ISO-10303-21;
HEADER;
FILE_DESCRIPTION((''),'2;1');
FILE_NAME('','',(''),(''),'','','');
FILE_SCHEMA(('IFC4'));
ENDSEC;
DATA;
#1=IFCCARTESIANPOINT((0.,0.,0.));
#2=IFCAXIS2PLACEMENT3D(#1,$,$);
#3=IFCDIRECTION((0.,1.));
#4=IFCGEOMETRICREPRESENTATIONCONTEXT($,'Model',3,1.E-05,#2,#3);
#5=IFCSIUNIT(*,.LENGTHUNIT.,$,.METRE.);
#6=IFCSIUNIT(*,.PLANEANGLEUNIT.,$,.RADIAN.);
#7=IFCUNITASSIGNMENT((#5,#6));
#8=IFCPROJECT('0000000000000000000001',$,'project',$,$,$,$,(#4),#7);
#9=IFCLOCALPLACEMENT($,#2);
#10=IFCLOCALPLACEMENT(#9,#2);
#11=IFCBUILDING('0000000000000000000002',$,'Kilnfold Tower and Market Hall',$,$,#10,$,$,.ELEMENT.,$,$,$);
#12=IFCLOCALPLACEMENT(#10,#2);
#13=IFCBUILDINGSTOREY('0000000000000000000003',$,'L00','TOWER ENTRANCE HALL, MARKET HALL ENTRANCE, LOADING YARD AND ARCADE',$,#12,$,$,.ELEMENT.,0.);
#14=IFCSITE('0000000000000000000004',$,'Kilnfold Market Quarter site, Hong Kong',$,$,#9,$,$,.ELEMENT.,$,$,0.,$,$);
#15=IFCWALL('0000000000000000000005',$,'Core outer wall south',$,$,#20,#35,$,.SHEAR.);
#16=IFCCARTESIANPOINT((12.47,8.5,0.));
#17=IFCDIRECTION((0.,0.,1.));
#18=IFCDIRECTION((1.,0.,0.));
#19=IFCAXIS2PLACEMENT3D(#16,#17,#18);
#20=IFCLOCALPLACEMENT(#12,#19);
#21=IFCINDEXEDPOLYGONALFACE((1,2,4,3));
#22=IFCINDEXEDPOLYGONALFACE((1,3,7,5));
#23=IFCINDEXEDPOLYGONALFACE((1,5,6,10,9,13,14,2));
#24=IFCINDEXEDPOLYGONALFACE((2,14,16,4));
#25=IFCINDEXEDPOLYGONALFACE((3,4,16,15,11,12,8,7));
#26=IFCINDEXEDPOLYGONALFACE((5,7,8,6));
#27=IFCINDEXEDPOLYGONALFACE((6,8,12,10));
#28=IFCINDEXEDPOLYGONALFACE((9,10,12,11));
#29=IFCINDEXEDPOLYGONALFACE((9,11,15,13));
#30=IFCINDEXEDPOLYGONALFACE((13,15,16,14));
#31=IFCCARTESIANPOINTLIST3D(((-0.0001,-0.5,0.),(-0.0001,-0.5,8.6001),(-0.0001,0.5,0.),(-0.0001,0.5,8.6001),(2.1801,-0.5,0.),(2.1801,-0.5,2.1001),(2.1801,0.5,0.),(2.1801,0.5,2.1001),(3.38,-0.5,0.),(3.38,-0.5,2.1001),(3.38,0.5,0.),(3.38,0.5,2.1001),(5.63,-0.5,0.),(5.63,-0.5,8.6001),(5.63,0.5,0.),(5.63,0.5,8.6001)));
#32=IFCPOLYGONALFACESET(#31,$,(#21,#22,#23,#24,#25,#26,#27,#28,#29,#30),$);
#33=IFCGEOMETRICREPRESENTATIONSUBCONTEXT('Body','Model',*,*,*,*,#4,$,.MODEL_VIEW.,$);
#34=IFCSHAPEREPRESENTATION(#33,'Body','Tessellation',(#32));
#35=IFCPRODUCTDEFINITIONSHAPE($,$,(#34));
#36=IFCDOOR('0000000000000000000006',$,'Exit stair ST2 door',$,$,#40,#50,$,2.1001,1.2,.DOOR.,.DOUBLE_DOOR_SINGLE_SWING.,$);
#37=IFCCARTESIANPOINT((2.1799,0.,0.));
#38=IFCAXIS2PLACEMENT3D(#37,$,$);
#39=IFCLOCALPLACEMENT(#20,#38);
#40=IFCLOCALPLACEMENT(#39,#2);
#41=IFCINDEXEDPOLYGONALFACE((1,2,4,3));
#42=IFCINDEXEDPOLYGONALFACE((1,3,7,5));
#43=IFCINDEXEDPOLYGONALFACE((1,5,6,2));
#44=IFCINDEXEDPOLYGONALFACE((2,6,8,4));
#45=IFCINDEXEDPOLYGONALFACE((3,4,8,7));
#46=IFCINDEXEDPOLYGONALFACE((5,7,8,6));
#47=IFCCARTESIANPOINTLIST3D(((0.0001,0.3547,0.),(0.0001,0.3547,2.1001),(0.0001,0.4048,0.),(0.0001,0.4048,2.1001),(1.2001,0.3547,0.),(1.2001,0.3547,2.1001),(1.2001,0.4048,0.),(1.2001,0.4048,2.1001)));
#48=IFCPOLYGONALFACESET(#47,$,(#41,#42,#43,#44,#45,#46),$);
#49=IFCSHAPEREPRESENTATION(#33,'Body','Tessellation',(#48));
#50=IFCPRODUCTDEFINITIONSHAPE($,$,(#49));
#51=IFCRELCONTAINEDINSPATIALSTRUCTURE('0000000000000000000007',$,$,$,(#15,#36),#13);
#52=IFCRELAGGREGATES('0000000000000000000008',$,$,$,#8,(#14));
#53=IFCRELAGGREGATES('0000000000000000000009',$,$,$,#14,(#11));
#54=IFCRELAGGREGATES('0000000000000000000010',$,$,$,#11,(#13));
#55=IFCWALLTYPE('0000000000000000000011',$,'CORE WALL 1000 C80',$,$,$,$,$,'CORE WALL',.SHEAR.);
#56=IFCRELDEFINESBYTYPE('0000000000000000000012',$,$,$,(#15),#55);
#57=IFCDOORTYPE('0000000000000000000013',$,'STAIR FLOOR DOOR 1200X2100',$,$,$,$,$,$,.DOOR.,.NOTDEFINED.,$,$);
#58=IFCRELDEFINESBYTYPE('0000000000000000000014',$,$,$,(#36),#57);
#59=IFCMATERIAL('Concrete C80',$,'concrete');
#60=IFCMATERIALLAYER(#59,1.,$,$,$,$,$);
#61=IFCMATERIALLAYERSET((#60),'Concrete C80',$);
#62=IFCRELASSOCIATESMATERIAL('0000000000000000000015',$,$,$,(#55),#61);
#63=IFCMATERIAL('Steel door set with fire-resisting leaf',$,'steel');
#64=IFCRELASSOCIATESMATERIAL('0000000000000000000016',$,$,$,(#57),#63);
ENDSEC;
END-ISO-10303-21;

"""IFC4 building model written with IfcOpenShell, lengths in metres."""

from ifc_helpers import new_model, si_unit, direction, frame, frame_2d, origin, place, context, subcontext, project, spatial, rectangle, extrude, source, transform, mapped, material, layer, layer_set, type_object, element, fill, save


model = new_model("IFC4")

# Units and contexts
model_context = context("Model", 3, precision=1e-05, world=origin(), true_north=direction((0.0, 1.0)))
body_context = subcontext(model_context, "Body", "Model", "MODEL_VIEW")
ifc_project = project(units=[si_unit("LENGTHUNIT", "METRE"), si_unit("PLANEANGLEUNIT", "RADIAN")], contexts=[model_context])

# Site, building, storey
site_placement = place(None, origin())
site = spatial("IfcSite", under=ifc_project, at=site_placement, Name="Kilnfold Market Quarter site, Hong Kong", CompositionType="ELEMENT", RefElevation=0.0)
building_placement = place(site_placement, origin())
building = spatial("IfcBuilding", under=site, at=building_placement, Name="Kilnfold Tower and Market Hall", CompositionType="ELEMENT")
storey_placement = place(building_placement, origin())
storey = spatial("IfcBuildingStorey", under=building, at=storey_placement, Name="L00", Description="TOWER ENTRANCE HALL, MARKET HALL ENTRANCE, LOADING YARD AND ARCADE", CompositionType="ELEMENT", Elevation=0.0)

# Shared definitions
ifc_material_1 = material(Name="Concrete C80", Category="concrete")
ifc_layer_1 = layer(ifc_material_1, 1.0)
ifc_layer_set_1 = layer_set([ifc_layer_1], Name="Concrete C80")
wall_type_1 = type_object("IfcWallType", Name="CORE WALL 1000 C80", ElementType="CORE WALL", PredefinedType="SHEAR", material=ifc_layer_set_1)

# Wall, opening, door
shared_shape_1 = source(origin(), body_context, "Body", "SweptSolid", [
    extrude(rectangle(XDim=5.6301, YDim=1.0, at=frame_2d((2.8149, 0.0))), origin(), (0.0, 0.0, 1.0), 8.6001),
])
wall_1_placement = place(storey_placement, frame((12.47, 8.5, 0.0), z_axis=(0.0, 0.0, 1.0), x_axis=(1.0, 0.0, 0.0)))
wall_1 = element("IfcWall", 1, at=wall_1_placement, inside=storey, type_object=wall_type_1, Name="Core outer wall south", PredefinedType="SHEAR", context=body_context, shape_type="MappedRepresentation", body=[
    mapped(shared_shape_1, transform((0.0, 0.0, 0.0))),
])
opening_1_placement = place(wall_1_placement, frame((2.1799, 0.0, 0.0)))
opening_1 = element("IfcOpeningElement", 2, at=opening_1_placement, cuts=wall_1, PredefinedType="OPENING", context=body_context, shape_type="SweptSolid", body=[
    extrude(rectangle(XDim=1.2, YDim=2.1001, at=frame_2d((0.6001, 1.05))), frame((0.0, 0.51, 0.0), z_axis=(0.0, -1.0, 0.0), x_axis=(1.0, 0.0, 0.0)), (0.0, 0.0, 1.0), 1.02),
])
ifc_material_2 = material(Name="Steel door set with fire-resisting leaf", Category="steel")
door_type_1 = type_object("IfcDoorType", Name="STAIR FLOOR DOOR 1200X2100", OperationType="NOTDEFINED", PredefinedType="DOOR", material=ifc_material_2)
door_1_placement = place(opening_1_placement, origin())
door_1 = element("IfcDoor", 3, at=door_1_placement, inside=storey, type_object=door_type_1, Name="Exit stair ST2 door", OperationType="DOUBLE_DOOR_SINGLE_SWING", OverallHeight=2.1001, OverallWidth=1.2, PredefinedType="DOOR", context=body_context, shape_type="SweptSolid", body=[
    extrude(rectangle(XDim=1.2, YDim=2.1001, at=frame_2d((0.6001, 1.05))), frame((0.0, 0.4048, 0.0), z_axis=(0.0, -1.0, 0.0), x_axis=(1.0, 0.0, 0.0)), (0.0, 0.0, 1.0), 0.05),
])
fill(opening_1, door_1)

save(model, "model.ifc")
